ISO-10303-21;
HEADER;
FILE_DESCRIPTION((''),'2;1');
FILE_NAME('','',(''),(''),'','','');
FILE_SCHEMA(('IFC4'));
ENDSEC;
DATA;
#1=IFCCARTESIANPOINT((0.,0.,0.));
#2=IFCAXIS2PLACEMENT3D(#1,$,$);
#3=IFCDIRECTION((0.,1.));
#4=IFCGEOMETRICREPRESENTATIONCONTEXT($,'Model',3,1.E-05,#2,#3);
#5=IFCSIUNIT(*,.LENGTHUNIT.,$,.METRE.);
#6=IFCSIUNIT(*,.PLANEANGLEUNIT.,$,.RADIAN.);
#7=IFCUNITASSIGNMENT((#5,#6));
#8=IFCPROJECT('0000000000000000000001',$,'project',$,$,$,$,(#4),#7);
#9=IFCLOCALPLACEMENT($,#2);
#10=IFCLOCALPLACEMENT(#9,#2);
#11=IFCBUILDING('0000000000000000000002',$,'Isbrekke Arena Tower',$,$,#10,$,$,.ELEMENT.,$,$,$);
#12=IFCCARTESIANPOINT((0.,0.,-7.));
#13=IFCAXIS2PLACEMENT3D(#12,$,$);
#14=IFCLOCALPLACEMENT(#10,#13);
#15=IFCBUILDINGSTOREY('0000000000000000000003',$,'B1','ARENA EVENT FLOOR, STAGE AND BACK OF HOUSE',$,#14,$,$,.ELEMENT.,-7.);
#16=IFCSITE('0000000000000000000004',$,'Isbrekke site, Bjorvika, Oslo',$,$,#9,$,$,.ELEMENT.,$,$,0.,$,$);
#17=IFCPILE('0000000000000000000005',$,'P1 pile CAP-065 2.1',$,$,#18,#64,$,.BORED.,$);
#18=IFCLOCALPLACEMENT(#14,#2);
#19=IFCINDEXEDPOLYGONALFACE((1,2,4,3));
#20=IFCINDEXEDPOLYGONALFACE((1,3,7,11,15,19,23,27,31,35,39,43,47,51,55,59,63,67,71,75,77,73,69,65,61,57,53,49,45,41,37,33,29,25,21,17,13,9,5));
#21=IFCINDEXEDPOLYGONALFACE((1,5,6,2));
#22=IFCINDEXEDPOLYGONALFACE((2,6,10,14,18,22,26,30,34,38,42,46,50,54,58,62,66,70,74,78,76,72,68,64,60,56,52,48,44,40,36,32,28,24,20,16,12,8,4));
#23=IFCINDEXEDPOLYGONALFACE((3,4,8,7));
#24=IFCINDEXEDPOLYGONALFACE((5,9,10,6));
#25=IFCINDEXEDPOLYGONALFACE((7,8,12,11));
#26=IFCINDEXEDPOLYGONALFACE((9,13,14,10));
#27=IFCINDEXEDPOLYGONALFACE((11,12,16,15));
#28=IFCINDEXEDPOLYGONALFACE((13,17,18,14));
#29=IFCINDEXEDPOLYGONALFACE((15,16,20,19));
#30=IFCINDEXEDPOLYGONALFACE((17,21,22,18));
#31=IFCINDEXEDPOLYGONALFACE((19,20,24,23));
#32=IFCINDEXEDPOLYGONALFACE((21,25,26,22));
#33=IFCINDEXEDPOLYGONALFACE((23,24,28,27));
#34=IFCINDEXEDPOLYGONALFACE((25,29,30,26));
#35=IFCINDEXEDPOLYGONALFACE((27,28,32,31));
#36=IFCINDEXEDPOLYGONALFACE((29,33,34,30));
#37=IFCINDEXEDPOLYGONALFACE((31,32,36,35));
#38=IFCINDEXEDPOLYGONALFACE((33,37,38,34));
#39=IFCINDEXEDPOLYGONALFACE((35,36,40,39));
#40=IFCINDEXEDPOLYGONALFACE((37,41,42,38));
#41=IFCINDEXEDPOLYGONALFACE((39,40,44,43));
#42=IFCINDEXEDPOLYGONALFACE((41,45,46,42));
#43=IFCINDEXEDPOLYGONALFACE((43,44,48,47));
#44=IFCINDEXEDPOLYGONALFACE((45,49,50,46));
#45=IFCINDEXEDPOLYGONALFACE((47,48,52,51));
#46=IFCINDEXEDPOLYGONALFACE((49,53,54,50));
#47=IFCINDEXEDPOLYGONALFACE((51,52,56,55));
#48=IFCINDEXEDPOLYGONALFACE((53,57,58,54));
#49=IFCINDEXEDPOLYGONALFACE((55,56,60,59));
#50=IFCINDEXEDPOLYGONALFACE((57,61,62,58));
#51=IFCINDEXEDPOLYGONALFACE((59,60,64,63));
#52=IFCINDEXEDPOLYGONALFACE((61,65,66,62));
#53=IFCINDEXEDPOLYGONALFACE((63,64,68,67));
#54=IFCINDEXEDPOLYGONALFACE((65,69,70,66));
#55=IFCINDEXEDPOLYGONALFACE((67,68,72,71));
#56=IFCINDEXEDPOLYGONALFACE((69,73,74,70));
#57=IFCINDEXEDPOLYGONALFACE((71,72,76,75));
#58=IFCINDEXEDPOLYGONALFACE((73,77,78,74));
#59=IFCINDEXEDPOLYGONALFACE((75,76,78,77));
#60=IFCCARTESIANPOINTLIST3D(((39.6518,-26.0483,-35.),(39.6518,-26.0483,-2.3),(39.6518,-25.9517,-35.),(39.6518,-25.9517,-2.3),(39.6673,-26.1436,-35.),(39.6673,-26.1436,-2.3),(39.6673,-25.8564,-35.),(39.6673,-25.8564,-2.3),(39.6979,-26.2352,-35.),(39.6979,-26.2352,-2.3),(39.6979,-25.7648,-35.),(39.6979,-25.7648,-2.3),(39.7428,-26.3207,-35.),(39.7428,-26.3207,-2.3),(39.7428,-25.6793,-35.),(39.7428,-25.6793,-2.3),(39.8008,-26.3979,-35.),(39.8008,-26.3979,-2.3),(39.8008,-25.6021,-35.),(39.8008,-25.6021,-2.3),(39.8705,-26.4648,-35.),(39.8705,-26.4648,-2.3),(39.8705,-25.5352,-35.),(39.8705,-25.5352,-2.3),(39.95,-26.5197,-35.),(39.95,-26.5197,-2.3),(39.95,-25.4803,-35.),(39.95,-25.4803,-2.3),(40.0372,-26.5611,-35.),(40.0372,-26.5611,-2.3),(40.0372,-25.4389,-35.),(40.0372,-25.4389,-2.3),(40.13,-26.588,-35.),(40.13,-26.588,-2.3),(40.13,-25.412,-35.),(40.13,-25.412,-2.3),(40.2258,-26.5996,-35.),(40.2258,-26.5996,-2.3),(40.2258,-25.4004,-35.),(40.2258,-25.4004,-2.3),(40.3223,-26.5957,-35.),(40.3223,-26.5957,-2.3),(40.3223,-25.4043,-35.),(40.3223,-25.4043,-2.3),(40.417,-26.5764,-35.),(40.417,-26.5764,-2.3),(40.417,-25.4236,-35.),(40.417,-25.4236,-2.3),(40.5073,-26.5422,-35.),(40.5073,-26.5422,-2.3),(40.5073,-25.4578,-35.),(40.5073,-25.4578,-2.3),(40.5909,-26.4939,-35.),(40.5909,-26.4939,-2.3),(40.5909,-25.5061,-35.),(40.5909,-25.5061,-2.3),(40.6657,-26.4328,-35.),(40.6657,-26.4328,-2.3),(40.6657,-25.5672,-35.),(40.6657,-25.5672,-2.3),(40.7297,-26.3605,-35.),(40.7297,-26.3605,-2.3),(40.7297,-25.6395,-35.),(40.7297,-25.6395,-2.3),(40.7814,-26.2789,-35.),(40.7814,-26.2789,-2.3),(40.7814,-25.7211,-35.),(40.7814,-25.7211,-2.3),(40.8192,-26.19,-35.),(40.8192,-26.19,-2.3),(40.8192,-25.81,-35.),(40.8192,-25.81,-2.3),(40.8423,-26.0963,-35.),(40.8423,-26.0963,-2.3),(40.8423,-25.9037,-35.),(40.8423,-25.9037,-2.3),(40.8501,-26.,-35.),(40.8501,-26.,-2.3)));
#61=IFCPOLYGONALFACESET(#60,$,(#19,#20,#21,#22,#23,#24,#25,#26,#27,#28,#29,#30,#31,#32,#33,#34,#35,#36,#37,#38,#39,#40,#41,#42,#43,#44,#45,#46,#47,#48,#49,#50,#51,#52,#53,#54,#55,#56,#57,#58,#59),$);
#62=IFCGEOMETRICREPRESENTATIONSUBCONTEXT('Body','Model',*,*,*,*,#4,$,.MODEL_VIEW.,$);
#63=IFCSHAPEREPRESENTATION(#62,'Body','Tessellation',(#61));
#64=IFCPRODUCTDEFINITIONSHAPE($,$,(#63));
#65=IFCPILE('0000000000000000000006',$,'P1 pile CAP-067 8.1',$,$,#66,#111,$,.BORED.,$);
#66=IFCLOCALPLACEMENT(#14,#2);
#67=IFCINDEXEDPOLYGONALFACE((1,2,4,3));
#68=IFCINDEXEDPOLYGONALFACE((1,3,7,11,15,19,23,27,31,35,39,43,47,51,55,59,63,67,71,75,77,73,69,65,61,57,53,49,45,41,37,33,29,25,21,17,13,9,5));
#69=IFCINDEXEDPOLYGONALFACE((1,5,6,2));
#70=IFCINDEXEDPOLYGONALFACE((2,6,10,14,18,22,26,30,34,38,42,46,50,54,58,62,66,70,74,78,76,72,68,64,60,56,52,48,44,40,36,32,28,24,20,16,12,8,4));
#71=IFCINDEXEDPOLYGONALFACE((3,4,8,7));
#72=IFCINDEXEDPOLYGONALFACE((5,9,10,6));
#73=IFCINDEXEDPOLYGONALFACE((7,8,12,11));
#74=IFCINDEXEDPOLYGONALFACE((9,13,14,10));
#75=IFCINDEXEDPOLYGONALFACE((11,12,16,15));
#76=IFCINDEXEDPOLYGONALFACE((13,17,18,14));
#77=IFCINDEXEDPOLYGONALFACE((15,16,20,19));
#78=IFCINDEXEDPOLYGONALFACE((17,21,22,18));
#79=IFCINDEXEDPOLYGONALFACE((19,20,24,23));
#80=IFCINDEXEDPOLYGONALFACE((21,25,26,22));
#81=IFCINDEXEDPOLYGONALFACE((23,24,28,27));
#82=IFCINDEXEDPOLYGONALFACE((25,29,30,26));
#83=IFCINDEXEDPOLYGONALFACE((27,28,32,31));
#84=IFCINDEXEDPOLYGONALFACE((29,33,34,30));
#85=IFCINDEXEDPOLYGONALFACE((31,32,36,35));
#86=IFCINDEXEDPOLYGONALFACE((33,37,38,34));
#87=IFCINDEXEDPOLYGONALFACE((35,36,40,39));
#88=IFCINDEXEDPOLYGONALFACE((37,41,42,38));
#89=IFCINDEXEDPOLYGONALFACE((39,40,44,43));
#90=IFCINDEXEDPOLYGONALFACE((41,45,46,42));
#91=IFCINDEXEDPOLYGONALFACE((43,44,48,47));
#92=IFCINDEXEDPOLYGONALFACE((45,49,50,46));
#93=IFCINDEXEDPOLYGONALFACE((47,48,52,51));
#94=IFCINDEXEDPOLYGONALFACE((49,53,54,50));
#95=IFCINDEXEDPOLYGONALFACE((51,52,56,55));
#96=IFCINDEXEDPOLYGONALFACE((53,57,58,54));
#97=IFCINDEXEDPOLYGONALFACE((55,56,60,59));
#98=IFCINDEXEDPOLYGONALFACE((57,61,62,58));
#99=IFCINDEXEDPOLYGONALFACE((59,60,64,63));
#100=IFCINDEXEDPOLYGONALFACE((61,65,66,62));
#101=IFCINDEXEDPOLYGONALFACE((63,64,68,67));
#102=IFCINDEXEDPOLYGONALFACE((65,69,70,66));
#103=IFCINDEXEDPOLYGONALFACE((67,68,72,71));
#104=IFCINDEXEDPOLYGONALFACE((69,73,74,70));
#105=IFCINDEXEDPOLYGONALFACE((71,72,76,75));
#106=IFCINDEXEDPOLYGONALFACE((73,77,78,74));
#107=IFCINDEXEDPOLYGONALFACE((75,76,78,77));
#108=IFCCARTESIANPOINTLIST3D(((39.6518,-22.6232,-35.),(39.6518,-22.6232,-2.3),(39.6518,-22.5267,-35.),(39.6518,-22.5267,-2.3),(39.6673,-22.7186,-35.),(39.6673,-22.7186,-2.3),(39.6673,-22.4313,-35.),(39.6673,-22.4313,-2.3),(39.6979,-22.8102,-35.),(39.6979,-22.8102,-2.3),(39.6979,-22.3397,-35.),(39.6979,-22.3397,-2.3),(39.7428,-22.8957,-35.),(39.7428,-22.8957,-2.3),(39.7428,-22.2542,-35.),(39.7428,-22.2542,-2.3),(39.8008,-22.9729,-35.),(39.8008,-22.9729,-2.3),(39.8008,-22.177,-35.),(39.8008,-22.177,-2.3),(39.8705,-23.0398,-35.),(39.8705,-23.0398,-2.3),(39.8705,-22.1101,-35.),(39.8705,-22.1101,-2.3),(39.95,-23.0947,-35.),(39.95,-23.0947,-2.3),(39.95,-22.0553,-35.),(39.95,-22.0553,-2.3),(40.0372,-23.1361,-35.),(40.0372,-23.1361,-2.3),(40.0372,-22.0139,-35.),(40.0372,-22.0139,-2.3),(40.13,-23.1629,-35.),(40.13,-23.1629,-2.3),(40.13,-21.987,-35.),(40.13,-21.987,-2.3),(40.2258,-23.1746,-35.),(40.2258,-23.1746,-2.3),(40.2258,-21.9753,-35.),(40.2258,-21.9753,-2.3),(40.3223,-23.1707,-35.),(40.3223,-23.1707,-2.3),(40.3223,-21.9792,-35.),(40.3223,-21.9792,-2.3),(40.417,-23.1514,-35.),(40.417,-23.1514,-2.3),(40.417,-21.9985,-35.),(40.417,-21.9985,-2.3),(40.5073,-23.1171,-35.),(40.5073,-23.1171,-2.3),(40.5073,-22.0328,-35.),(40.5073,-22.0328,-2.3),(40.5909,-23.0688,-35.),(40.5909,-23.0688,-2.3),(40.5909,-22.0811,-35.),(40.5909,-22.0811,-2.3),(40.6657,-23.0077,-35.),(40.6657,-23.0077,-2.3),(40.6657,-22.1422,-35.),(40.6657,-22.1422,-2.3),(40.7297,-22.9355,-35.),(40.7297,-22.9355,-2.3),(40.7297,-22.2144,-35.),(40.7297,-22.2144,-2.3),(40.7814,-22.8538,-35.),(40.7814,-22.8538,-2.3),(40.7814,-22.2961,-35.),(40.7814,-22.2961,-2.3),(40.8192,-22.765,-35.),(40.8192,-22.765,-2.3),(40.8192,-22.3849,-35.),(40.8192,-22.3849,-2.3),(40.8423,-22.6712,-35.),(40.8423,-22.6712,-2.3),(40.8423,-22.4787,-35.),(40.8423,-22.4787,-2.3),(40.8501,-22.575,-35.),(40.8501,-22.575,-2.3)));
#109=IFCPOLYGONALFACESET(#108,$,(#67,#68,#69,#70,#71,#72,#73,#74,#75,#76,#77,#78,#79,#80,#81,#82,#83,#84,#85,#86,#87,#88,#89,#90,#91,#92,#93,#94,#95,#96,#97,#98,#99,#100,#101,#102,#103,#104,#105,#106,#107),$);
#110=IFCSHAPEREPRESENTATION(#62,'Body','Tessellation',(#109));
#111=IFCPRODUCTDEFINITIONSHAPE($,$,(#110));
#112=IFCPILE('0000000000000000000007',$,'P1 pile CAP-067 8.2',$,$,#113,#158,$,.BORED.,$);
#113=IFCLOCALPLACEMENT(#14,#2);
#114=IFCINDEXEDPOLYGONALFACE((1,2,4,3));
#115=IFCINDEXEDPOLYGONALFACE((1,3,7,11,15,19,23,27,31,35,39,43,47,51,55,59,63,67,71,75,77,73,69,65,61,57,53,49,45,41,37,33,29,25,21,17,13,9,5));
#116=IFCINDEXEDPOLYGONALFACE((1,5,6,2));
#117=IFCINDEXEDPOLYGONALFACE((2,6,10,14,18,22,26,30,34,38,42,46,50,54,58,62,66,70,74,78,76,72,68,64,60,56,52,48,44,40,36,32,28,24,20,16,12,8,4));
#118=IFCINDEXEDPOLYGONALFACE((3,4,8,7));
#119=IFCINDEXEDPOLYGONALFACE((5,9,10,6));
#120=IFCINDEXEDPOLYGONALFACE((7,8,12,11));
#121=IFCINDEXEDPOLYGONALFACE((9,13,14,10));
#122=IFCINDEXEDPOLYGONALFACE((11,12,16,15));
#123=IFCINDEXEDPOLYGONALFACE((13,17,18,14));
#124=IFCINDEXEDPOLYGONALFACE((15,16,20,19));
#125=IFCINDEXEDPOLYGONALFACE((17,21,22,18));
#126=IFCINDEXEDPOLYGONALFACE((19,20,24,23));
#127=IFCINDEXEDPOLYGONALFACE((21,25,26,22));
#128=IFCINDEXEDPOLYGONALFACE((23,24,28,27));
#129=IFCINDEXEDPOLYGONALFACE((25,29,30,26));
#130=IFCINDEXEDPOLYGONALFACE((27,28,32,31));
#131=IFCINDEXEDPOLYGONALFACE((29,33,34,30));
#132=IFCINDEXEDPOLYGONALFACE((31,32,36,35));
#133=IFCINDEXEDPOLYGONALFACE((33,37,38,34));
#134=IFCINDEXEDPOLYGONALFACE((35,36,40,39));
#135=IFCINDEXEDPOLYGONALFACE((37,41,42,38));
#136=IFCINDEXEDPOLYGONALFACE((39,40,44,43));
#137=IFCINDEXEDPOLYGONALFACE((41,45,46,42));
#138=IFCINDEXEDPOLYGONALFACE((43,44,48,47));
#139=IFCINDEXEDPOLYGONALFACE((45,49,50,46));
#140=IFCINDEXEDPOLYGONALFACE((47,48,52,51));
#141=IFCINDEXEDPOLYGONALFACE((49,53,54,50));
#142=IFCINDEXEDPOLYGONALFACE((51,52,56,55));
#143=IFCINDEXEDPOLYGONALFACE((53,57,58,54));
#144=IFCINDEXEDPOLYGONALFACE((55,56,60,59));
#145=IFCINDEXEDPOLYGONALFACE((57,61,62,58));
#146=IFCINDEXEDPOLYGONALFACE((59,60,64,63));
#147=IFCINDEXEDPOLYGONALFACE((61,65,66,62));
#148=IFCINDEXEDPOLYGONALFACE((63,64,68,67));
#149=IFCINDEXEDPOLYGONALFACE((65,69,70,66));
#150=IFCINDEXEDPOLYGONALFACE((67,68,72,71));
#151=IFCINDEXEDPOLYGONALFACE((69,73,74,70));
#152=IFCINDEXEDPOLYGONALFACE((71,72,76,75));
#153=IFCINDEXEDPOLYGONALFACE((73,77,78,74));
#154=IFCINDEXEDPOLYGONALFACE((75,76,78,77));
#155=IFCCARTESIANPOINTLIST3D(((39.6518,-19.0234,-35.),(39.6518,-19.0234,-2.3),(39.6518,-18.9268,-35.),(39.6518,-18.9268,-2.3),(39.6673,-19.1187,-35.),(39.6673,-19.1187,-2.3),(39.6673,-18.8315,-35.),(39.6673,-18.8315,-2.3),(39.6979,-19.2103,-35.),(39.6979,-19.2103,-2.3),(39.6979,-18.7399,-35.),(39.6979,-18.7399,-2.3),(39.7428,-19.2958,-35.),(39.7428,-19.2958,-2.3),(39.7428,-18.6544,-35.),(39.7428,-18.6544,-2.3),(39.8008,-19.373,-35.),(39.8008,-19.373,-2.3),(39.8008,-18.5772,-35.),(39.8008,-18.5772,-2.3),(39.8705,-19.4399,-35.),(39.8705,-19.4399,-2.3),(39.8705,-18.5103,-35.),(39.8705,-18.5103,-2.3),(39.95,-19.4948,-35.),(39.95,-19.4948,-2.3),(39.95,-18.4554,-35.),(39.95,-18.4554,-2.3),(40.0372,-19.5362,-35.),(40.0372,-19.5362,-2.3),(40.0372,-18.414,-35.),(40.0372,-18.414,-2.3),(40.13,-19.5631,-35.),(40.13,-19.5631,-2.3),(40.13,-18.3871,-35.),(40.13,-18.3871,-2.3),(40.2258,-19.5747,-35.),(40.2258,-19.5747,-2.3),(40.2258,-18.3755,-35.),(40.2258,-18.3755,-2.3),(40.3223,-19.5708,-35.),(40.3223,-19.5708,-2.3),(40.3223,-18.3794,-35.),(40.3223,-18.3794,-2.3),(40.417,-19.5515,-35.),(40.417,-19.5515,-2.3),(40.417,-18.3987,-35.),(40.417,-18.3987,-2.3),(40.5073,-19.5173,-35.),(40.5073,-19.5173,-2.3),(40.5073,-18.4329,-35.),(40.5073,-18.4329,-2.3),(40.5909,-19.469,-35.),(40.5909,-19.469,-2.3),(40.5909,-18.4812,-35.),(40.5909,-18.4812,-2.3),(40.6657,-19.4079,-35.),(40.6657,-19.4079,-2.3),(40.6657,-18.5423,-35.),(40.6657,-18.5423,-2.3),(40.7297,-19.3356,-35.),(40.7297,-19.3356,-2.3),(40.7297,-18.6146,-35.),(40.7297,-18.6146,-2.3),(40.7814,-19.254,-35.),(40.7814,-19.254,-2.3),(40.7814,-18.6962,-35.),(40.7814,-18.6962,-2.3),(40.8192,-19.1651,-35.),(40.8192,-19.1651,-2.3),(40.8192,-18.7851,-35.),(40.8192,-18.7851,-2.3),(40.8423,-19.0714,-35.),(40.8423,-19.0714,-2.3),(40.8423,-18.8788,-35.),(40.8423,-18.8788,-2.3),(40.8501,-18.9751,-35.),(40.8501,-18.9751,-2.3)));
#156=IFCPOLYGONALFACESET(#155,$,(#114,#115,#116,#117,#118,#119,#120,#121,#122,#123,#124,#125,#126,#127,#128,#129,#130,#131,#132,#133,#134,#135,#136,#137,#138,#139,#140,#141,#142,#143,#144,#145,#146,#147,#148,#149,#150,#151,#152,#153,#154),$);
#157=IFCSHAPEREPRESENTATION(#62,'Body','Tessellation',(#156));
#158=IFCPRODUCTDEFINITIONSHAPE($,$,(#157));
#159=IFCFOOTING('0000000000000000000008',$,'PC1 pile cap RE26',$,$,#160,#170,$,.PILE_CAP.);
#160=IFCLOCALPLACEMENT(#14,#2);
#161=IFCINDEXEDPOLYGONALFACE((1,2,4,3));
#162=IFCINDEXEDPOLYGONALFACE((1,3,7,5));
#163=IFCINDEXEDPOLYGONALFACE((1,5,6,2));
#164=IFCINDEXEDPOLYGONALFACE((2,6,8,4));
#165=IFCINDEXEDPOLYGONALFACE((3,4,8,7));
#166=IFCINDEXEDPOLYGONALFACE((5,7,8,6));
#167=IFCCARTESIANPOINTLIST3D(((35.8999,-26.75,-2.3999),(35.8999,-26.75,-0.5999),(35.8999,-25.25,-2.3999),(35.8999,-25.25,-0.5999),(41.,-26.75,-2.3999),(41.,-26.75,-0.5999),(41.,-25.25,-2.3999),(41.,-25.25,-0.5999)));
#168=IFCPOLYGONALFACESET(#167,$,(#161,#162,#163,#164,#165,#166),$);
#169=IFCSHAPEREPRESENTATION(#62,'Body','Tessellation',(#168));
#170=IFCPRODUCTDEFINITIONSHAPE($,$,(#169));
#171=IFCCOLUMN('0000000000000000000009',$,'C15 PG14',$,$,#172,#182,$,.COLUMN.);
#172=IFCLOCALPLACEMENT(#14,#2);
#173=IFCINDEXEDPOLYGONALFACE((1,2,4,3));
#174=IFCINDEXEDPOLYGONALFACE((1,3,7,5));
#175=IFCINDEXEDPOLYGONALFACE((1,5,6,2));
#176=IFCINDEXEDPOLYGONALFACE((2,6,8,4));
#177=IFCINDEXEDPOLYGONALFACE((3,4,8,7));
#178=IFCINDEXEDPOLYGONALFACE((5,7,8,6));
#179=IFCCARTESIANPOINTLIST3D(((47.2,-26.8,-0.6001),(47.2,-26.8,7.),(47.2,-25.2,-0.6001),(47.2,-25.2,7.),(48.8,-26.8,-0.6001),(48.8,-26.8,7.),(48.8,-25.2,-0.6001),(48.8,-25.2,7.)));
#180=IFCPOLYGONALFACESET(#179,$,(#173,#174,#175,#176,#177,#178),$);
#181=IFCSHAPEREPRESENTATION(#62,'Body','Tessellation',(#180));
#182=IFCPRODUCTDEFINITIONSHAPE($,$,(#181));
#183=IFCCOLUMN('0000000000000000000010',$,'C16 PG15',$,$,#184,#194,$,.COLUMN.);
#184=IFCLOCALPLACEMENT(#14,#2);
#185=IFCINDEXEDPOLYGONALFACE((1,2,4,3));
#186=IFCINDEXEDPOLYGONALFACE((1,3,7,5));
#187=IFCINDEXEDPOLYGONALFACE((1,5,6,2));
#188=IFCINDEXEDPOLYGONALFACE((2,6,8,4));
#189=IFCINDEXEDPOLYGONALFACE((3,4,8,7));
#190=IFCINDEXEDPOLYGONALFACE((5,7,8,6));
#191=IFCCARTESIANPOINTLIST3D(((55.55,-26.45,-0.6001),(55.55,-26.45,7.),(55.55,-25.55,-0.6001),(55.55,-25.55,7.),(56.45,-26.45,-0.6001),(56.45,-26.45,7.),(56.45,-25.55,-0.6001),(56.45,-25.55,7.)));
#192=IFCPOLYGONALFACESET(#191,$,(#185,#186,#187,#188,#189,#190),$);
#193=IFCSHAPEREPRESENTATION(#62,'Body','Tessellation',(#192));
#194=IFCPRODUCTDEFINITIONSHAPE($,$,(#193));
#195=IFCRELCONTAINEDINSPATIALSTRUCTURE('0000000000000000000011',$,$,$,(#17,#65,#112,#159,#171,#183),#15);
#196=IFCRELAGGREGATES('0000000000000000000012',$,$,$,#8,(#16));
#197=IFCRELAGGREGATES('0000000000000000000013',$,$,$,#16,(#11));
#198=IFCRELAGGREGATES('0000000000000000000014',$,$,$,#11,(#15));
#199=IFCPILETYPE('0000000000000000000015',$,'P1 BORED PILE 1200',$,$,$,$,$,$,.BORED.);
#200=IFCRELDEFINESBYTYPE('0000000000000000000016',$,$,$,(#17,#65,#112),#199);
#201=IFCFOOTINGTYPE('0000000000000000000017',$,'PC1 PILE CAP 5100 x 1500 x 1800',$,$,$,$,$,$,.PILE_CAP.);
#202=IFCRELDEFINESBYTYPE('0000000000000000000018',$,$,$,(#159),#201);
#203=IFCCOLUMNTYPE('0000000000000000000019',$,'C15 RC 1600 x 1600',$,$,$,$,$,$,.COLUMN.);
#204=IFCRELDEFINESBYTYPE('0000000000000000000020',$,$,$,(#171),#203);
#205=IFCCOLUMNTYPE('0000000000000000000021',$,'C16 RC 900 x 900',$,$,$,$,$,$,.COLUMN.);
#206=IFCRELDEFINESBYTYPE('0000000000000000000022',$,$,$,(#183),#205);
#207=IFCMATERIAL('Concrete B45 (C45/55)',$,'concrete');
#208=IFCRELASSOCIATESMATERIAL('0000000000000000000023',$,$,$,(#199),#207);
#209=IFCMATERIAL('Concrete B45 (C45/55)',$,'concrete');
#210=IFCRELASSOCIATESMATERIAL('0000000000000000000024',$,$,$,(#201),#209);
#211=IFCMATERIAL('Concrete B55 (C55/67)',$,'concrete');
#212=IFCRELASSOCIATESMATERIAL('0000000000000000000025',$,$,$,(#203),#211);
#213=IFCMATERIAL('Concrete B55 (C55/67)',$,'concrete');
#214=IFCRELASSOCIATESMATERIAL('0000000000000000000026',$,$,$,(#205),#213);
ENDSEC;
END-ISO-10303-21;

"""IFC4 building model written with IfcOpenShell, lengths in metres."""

from ifc_helpers import new_model, si_unit, direction, frame, origin, origin_2d, place, context, subcontext, project, spatial, rectangle, circle, extrude, material, material_profile, profile_set, type_object, element, save


model = new_model("IFC4")

# Units and contexts
model_context = context("Model", 3, precision=1e-05, world=origin(), true_north=direction((0.0, 1.0)))
body_context = subcontext(model_context, "Body", "Model", "MODEL_VIEW")
ifc_project = project(units=[si_unit("LENGTHUNIT", "METRE"), si_unit("PLANEANGLEUNIT", "RADIAN")], contexts=[model_context])

# Site, building, storey
site_placement = place(None, origin())
site = spatial("IfcSite", under=ifc_project, at=site_placement, Name="Isbrekke site, Bjorvika, Oslo", CompositionType="ELEMENT", RefElevation=0.0)
building_placement = place(site_placement, origin())
building = spatial("IfcBuilding", under=site, at=building_placement, Name="Isbrekke Arena Tower", CompositionType="ELEMENT")
storey_placement = place(building_placement, frame((0.0, 0.0, -7.0)))
storey = spatial("IfcBuildingStorey", under=building, at=storey_placement, Name="B1", Description="ARENA EVENT FLOOR, STAGE AND BACK OF HOUSE", CompositionType="ELEMENT", Elevation=-7.0)

# Piles
ifc_material_1 = material(Name="Concrete B45 (C45/55)", Category="concrete")
ifc_material_profile_1 = material_profile(ifc_material_1, circle(Radius=0.6001, at=origin_2d()), Name="BORED PILE D1200")
ifc_profile_set_1 = profile_set([ifc_material_profile_1], Name="Concrete B45 (C45/55)")
pile_type = type_object("IfcPileType", Name="P1 BORED PILE 1200", PredefinedType="BORED", material=ifc_profile_set_1)
for number, where, z_axis, x_axis, name in (
    (1, (40.25, -26.0, -2.3), (0.0, 0.0, -1.0), (1.0, 0.0, 0.0), "P1 pile CAP-065 2.1"),
    (2, (40.25, -22.575, -2.3), (0.0, 0.0, -1.0), (1.0, 0.0, 0.0), "P1 pile CAP-067 8.1"),
    (3, (40.25, -18.9751, -2.3), (0.0, 0.0, -1.0), (1.0, 0.0, 0.0), "P1 pile CAP-067 8.2"),
):
    element("IfcPile", number, at=place(storey_placement, frame(where, z_axis=z_axis, x_axis=x_axis)), inside=storey, type_object=pile_type, Name=name, PredefinedType="BORED", context=body_context, shape_type="SweptSolid", body=[
        extrude(circle(Radius=0.6001, at=origin_2d()), origin(), (0.0, 0.0, 1.0), 32.7),
    ])

# Footing
ifc_material_2 = material(Name="Concrete B45 (C45/55)", Category="concrete")
footing_type = type_object("IfcFootingType", Name="PC1 PILE CAP 5100 x 1500 x 1800", PredefinedType="PILE_CAP", material=ifc_material_2)
footing_placement = place(storey_placement, frame((38.45, -26.0, -2.3999), z_axis=(0.0, 0.0, 1.0), x_axis=(1.0, 0.0, 0.0)))
element("IfcFooting", 4, at=footing_placement, inside=storey, type_object=footing_type, Name="PC1 pile cap RE26", PredefinedType="PILE_CAP", context=body_context, shape_type="SweptSolid", body=[
    extrude(rectangle(XDim=5.1001, YDim=1.5, at=origin_2d()), origin(), (0.0, 0.0, 1.0), 1.8),
])

# Columns
ifc_material_3 = material(Name="Concrete B55 (C55/67)", Category="concrete")
ifc_material_profile_2 = material_profile(ifc_material_3, rectangle(XDim=1.6001, YDim=1.6001, at=origin_2d()), Name="RC 1600x1600")
ifc_profile_set_2 = profile_set([ifc_material_profile_2], Name="Concrete B55 (C55/67)")
column_type_1 = type_object("IfcColumnType", Name="C15 RC 1600 x 1600", PredefinedType="COLUMN", material=ifc_profile_set_2)
column_1_placement = place(storey_placement, frame((48.0, -26.0, -0.6001), z_axis=(0.0, 0.0, 1.0), x_axis=(1.0, 0.0, 0.0)))
element("IfcColumn", 5, at=column_1_placement, inside=storey, type_object=column_type_1, Name="C15 PG14", PredefinedType="COLUMN", context=body_context, shape_type="SweptSolid", body=[
    extrude(rectangle(XDim=1.6001, YDim=1.6001, at=origin_2d()), origin(), (0.0, 0.0, 1.0), 7.6001),
])
ifc_material_4 = material(Name="Concrete B55 (C55/67)", Category="concrete")
ifc_material_profile_3 = material_profile(ifc_material_4, rectangle(XDim=0.8999, YDim=0.8999, at=origin_2d()), Name="RC 900x900")
ifc_profile_set_3 = profile_set([ifc_material_profile_3], Name="Concrete B55 (C55/67)")
column_type_2 = type_object("IfcColumnType", Name="C16 RC 900 x 900", PredefinedType="COLUMN", material=ifc_profile_set_3)
column_2_placement = place(storey_placement, frame((56.0, -26.0, -0.6001), z_axis=(0.0, 0.0, 1.0), x_axis=(1.0, 0.0, 0.0)))
element("IfcColumn", 6, at=column_2_placement, inside=storey, type_object=column_type_2, Name="C16 PG15", PredefinedType="COLUMN", context=body_context, shape_type="SweptSolid", body=[
    extrude(rectangle(XDim=0.8999, YDim=0.8999, at=origin_2d()), origin(), (0.0, 0.0, 1.0), 7.6001),
])

save(model, "model.ifc")
